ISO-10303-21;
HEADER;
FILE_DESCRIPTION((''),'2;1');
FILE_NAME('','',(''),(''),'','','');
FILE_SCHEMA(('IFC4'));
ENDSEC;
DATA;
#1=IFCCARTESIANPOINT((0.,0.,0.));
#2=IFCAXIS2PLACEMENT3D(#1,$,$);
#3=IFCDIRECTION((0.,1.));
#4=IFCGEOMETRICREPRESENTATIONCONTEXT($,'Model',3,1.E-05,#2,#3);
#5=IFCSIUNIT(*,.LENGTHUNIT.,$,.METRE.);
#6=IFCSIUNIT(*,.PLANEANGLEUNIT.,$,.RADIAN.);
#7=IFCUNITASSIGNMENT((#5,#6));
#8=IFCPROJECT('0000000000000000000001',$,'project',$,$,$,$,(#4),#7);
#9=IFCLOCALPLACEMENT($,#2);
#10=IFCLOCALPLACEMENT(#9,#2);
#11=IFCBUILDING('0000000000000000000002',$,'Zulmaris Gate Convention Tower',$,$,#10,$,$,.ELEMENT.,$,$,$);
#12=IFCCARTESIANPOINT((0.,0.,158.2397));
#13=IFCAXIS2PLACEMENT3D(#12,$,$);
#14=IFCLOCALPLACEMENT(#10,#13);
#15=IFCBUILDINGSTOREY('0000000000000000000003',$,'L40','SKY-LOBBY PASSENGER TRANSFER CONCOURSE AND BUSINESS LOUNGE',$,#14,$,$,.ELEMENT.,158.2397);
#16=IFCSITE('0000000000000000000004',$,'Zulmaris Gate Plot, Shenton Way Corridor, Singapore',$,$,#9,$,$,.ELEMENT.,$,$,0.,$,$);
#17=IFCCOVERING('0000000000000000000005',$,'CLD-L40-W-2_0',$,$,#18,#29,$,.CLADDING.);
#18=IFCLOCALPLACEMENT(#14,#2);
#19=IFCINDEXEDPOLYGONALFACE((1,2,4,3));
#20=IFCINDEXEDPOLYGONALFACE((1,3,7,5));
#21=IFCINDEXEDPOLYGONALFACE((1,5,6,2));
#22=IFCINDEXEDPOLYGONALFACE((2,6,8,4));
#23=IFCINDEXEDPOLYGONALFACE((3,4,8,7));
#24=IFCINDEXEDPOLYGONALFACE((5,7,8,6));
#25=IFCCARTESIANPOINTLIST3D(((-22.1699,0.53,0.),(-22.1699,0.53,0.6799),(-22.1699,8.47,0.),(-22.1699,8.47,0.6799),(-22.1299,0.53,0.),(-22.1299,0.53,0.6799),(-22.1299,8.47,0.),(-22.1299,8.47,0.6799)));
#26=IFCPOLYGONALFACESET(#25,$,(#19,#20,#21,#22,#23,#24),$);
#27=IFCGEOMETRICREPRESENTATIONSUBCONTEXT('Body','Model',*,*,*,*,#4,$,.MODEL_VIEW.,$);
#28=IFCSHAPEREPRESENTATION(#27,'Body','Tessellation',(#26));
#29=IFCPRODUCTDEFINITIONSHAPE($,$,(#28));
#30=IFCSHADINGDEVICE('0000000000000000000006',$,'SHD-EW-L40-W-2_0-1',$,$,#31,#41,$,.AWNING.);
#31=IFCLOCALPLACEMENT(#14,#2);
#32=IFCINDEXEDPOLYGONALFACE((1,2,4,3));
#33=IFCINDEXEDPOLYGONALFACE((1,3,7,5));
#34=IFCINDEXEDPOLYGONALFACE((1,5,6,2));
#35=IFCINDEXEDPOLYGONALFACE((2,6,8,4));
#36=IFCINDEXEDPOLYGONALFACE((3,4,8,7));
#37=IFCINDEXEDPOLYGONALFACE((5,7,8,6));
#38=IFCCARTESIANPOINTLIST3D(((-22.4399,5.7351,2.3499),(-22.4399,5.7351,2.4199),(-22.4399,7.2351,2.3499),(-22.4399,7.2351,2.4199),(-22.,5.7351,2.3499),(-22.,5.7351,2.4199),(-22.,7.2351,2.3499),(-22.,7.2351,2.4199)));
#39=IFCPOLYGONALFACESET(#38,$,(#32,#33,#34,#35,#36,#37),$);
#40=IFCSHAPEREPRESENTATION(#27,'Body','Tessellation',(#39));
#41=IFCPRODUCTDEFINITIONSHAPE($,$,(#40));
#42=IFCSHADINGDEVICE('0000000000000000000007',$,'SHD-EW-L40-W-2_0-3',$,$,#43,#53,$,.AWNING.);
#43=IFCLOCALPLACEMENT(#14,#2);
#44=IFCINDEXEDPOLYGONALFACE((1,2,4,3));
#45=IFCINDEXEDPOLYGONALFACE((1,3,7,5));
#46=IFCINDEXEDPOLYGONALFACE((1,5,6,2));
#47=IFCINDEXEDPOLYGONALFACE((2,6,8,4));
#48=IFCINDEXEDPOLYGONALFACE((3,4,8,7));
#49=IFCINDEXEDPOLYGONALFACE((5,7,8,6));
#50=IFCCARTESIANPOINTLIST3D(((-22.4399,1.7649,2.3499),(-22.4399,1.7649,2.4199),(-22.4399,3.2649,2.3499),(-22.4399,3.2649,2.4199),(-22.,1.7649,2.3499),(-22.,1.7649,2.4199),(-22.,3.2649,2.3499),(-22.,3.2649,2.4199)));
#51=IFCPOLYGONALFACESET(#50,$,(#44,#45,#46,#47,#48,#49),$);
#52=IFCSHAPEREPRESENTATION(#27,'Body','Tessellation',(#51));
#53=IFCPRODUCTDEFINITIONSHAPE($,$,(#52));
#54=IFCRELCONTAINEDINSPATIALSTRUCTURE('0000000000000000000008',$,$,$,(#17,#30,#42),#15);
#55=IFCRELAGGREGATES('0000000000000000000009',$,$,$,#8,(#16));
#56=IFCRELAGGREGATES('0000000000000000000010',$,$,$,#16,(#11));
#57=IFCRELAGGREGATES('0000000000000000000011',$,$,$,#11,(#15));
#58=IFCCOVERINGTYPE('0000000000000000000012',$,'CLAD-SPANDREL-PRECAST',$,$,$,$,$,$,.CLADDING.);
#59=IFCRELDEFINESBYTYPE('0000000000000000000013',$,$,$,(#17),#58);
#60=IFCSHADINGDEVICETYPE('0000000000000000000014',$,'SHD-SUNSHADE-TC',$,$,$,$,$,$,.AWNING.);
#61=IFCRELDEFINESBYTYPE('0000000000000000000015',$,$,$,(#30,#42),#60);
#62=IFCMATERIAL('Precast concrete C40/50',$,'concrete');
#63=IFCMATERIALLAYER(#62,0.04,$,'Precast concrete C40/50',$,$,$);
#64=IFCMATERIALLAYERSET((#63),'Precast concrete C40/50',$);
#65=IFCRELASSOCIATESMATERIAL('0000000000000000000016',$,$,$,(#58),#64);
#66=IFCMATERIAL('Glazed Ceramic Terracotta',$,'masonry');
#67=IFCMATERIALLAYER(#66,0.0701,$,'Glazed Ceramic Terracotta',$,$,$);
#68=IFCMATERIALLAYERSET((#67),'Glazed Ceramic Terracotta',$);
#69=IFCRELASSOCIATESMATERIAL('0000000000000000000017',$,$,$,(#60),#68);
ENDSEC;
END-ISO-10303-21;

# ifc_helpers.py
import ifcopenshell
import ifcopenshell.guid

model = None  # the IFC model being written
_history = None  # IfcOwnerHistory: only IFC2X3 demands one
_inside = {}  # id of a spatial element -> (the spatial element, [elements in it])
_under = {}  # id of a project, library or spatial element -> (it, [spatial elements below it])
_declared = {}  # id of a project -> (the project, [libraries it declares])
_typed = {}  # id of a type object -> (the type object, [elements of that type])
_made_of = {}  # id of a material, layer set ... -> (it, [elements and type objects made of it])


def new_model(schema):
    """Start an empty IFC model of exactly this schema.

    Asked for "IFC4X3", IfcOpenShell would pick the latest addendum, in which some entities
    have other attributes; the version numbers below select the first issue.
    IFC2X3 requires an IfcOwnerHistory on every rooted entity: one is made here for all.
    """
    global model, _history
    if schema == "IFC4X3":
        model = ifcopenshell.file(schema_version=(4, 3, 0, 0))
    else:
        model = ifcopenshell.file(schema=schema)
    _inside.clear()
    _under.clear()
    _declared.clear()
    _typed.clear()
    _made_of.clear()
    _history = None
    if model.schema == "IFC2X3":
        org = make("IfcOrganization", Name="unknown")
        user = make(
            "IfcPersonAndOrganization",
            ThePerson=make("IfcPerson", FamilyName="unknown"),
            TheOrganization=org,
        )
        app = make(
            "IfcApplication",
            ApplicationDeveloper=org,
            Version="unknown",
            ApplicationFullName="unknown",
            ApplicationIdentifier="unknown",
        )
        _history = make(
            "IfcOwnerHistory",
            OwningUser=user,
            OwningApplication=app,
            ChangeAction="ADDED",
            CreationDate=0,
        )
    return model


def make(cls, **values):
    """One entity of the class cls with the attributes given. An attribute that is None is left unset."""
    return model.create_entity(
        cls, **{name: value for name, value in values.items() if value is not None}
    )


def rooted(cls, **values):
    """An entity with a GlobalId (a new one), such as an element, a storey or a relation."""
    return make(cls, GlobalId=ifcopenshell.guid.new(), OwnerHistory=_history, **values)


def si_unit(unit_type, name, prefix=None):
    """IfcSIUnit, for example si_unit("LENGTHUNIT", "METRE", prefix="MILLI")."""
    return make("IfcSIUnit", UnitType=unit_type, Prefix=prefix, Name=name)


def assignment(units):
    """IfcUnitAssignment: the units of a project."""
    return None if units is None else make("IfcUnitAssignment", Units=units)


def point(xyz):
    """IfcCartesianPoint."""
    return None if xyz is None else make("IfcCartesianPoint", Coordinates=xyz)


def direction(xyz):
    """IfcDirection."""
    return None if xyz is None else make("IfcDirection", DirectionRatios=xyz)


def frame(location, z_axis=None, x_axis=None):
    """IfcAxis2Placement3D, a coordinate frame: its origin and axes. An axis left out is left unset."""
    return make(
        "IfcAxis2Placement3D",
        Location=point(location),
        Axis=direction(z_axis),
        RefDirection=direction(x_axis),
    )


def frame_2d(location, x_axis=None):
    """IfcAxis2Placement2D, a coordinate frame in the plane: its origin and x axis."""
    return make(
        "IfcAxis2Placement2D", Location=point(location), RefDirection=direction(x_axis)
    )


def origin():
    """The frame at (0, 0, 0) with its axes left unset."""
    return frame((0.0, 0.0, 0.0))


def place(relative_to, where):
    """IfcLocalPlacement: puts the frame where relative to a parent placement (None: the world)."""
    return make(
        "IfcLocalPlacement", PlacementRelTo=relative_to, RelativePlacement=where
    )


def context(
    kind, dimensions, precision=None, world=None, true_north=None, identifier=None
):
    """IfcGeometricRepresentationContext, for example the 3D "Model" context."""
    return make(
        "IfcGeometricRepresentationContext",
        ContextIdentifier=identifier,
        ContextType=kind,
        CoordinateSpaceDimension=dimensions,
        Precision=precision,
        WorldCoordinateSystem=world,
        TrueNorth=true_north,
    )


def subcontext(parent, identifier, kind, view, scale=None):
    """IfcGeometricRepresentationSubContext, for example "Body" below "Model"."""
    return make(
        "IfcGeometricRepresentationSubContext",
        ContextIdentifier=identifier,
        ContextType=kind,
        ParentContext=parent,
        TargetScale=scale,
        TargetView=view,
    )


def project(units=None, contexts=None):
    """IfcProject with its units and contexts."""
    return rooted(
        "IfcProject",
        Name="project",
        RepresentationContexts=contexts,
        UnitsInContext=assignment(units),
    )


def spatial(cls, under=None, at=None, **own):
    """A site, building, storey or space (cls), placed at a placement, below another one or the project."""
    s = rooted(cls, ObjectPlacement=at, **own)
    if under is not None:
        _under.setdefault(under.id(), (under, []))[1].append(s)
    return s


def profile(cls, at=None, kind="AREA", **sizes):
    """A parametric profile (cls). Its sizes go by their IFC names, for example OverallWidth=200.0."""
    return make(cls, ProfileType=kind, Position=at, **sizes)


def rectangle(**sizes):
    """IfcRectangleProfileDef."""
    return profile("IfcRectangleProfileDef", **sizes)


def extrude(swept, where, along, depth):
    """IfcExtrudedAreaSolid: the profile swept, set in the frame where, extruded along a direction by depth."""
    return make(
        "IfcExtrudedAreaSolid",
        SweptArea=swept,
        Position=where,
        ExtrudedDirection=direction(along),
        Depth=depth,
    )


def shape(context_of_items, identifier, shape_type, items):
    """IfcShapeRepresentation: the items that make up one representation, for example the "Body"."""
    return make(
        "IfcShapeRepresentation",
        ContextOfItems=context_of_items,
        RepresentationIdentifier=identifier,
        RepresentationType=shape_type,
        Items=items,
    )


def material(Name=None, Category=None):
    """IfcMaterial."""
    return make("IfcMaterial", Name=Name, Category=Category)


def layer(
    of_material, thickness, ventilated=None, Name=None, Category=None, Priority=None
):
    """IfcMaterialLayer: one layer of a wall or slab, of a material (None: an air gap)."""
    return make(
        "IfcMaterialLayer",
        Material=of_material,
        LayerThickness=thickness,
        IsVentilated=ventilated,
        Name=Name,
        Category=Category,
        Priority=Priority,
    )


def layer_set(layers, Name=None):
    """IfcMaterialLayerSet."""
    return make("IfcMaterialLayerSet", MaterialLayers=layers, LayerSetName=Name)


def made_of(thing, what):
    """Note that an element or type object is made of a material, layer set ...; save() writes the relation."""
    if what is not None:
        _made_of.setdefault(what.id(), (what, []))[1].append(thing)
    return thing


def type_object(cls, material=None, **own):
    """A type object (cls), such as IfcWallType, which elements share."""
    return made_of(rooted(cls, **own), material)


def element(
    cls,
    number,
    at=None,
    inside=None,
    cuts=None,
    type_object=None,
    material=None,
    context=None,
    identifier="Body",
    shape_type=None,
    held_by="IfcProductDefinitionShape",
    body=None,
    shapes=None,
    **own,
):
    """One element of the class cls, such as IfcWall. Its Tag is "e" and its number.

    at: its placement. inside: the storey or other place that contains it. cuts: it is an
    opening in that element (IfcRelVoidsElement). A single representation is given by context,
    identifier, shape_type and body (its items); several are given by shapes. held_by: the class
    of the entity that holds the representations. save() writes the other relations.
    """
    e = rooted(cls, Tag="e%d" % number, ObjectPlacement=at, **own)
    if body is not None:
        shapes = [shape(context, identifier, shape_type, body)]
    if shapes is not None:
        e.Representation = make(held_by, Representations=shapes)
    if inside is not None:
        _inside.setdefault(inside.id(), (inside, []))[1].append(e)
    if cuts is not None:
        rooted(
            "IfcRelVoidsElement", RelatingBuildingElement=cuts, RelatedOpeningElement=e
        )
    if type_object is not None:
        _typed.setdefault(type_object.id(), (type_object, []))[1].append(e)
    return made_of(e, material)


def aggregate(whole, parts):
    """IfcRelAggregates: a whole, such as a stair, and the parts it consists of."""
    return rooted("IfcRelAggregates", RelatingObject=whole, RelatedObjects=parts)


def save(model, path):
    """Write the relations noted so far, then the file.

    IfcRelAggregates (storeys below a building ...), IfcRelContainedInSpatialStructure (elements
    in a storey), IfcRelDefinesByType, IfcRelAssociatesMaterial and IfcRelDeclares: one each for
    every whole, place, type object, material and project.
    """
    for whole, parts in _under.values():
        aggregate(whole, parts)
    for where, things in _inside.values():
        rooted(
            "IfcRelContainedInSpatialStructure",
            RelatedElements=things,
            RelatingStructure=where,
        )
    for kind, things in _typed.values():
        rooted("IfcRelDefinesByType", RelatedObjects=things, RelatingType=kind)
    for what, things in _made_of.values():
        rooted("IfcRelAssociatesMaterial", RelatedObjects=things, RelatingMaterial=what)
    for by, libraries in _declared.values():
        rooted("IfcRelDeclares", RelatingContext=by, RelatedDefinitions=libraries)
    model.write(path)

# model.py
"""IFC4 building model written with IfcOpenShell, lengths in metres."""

from ifc_helpers import new_model, si_unit, direction, frame, frame_2d, origin, place, context, subcontext, project, spatial, rectangle, extrude, material, layer, layer_set, type_object, element, save


model = new_model("IFC4")

# Units and contexts
model_context = context("Model", 3, precision=1e-05, world=origin(), true_north=direction((0.0, 1.0)))
body_context = subcontext(model_context, "Body", "Model", "MODEL_VIEW")
ifc_project = project(units=[si_unit("LENGTHUNIT", "METRE"), si_unit("PLANEANGLEUNIT", "RADIAN")], contexts=[model_context])

# Site, building, storey
site_placement = place(None, origin())
site = spatial("IfcSite", under=ifc_project, at=site_placement, Name="Zulmaris Gate Plot, Shenton Way Corridor, Singapore", CompositionType="ELEMENT", RefElevation=0.0)
building_placement = place(site_placement, origin())
building = spatial("IfcBuilding", under=site, at=building_placement, Name="Zulmaris Gate Convention Tower", CompositionType="ELEMENT")
storey_placement = place(building_placement, frame((0.0, 0.0, 158.2397)))
storey = spatial("IfcBuildingStorey", under=building, at=storey_placement, Name="L40", Description="SKY-LOBBY PASSENGER TRANSFER CONCOURSE AND BUSINESS LOUNGE", CompositionType="ELEMENT", Elevation=158.2397)

# Shared definitions
ifc_material_1 = material(Name="Precast concrete C40/50", Category="concrete")

# Covering
ifc_layer_1 = layer(ifc_material_1, 0.04, Name="Precast concrete C40/50")
ifc_layer_set_1 = layer_set([ifc_layer_1], Name="Precast concrete C40/50")
covering_type = type_object("IfcCoveringType", Name="CLAD-SPANDREL-PRECAST", PredefinedType="CLADDING", material=ifc_layer_set_1)
covering_placement = place(storey_placement, frame((-22.1499, 8.47, 0.0), z_axis=(0.0, 0.0, 1.0), x_axis=(0.0, -1.0, 0.0)))
element("IfcCovering", 1, at=covering_placement, inside=storey, type_object=covering_type, Name="CLD-L40-W-2_0", PredefinedType="CLADDING", context=body_context, shape_type="SweptSolid", body=[
    extrude(rectangle(XDim=7.9399, YDim=0.04, at=frame_2d((3.97, 0.0))), origin(), (0.0, 0.0, 1.0), 0.6799),
])

# Shading devices
ifc_material_2 = material(Name="Glazed Ceramic Terracotta", Category="masonry")
ifc_layer_2 = layer(ifc_material_2, 0.0701, Name="Glazed Ceramic Terracotta")
ifc_layer_set_2 = layer_set([ifc_layer_2], Name="Glazed Ceramic Terracotta")
shading_device_type = type_object("IfcShadingDeviceType", Name="SHD-SUNSHADE-TC", PredefinedType="AWNING", material=ifc_layer_set_2)
for number, where, z_axis, x_axis, name in (
    (2, (-22.22, 7.2351, 2.3499), (0.0, 0.0, 1.0), (0.0, -1.0, 0.0), "SHD-EW-L40-W-2_0-1"),
    (3, (-22.22, 3.2649, 2.3499), (0.0, 0.0, 1.0), (0.0, -1.0, 0.0), "SHD-EW-L40-W-2_0-3"),
):
    element("IfcShadingDevice", number, at=place(storey_placement, frame(where, z_axis=z_axis, x_axis=x_axis)), inside=storey, type_object=shading_device_type, Name=name, PredefinedType="AWNING", context=body_context, shape_type="SweptSolid", body=[
        extrude(rectangle(XDim=1.5, YDim=0.4399, at=frame_2d((0.75, 0.0))), origin(), (0.0, 0.0, 1.0), 0.0701),
    ])

save(model, "model.ifc")
